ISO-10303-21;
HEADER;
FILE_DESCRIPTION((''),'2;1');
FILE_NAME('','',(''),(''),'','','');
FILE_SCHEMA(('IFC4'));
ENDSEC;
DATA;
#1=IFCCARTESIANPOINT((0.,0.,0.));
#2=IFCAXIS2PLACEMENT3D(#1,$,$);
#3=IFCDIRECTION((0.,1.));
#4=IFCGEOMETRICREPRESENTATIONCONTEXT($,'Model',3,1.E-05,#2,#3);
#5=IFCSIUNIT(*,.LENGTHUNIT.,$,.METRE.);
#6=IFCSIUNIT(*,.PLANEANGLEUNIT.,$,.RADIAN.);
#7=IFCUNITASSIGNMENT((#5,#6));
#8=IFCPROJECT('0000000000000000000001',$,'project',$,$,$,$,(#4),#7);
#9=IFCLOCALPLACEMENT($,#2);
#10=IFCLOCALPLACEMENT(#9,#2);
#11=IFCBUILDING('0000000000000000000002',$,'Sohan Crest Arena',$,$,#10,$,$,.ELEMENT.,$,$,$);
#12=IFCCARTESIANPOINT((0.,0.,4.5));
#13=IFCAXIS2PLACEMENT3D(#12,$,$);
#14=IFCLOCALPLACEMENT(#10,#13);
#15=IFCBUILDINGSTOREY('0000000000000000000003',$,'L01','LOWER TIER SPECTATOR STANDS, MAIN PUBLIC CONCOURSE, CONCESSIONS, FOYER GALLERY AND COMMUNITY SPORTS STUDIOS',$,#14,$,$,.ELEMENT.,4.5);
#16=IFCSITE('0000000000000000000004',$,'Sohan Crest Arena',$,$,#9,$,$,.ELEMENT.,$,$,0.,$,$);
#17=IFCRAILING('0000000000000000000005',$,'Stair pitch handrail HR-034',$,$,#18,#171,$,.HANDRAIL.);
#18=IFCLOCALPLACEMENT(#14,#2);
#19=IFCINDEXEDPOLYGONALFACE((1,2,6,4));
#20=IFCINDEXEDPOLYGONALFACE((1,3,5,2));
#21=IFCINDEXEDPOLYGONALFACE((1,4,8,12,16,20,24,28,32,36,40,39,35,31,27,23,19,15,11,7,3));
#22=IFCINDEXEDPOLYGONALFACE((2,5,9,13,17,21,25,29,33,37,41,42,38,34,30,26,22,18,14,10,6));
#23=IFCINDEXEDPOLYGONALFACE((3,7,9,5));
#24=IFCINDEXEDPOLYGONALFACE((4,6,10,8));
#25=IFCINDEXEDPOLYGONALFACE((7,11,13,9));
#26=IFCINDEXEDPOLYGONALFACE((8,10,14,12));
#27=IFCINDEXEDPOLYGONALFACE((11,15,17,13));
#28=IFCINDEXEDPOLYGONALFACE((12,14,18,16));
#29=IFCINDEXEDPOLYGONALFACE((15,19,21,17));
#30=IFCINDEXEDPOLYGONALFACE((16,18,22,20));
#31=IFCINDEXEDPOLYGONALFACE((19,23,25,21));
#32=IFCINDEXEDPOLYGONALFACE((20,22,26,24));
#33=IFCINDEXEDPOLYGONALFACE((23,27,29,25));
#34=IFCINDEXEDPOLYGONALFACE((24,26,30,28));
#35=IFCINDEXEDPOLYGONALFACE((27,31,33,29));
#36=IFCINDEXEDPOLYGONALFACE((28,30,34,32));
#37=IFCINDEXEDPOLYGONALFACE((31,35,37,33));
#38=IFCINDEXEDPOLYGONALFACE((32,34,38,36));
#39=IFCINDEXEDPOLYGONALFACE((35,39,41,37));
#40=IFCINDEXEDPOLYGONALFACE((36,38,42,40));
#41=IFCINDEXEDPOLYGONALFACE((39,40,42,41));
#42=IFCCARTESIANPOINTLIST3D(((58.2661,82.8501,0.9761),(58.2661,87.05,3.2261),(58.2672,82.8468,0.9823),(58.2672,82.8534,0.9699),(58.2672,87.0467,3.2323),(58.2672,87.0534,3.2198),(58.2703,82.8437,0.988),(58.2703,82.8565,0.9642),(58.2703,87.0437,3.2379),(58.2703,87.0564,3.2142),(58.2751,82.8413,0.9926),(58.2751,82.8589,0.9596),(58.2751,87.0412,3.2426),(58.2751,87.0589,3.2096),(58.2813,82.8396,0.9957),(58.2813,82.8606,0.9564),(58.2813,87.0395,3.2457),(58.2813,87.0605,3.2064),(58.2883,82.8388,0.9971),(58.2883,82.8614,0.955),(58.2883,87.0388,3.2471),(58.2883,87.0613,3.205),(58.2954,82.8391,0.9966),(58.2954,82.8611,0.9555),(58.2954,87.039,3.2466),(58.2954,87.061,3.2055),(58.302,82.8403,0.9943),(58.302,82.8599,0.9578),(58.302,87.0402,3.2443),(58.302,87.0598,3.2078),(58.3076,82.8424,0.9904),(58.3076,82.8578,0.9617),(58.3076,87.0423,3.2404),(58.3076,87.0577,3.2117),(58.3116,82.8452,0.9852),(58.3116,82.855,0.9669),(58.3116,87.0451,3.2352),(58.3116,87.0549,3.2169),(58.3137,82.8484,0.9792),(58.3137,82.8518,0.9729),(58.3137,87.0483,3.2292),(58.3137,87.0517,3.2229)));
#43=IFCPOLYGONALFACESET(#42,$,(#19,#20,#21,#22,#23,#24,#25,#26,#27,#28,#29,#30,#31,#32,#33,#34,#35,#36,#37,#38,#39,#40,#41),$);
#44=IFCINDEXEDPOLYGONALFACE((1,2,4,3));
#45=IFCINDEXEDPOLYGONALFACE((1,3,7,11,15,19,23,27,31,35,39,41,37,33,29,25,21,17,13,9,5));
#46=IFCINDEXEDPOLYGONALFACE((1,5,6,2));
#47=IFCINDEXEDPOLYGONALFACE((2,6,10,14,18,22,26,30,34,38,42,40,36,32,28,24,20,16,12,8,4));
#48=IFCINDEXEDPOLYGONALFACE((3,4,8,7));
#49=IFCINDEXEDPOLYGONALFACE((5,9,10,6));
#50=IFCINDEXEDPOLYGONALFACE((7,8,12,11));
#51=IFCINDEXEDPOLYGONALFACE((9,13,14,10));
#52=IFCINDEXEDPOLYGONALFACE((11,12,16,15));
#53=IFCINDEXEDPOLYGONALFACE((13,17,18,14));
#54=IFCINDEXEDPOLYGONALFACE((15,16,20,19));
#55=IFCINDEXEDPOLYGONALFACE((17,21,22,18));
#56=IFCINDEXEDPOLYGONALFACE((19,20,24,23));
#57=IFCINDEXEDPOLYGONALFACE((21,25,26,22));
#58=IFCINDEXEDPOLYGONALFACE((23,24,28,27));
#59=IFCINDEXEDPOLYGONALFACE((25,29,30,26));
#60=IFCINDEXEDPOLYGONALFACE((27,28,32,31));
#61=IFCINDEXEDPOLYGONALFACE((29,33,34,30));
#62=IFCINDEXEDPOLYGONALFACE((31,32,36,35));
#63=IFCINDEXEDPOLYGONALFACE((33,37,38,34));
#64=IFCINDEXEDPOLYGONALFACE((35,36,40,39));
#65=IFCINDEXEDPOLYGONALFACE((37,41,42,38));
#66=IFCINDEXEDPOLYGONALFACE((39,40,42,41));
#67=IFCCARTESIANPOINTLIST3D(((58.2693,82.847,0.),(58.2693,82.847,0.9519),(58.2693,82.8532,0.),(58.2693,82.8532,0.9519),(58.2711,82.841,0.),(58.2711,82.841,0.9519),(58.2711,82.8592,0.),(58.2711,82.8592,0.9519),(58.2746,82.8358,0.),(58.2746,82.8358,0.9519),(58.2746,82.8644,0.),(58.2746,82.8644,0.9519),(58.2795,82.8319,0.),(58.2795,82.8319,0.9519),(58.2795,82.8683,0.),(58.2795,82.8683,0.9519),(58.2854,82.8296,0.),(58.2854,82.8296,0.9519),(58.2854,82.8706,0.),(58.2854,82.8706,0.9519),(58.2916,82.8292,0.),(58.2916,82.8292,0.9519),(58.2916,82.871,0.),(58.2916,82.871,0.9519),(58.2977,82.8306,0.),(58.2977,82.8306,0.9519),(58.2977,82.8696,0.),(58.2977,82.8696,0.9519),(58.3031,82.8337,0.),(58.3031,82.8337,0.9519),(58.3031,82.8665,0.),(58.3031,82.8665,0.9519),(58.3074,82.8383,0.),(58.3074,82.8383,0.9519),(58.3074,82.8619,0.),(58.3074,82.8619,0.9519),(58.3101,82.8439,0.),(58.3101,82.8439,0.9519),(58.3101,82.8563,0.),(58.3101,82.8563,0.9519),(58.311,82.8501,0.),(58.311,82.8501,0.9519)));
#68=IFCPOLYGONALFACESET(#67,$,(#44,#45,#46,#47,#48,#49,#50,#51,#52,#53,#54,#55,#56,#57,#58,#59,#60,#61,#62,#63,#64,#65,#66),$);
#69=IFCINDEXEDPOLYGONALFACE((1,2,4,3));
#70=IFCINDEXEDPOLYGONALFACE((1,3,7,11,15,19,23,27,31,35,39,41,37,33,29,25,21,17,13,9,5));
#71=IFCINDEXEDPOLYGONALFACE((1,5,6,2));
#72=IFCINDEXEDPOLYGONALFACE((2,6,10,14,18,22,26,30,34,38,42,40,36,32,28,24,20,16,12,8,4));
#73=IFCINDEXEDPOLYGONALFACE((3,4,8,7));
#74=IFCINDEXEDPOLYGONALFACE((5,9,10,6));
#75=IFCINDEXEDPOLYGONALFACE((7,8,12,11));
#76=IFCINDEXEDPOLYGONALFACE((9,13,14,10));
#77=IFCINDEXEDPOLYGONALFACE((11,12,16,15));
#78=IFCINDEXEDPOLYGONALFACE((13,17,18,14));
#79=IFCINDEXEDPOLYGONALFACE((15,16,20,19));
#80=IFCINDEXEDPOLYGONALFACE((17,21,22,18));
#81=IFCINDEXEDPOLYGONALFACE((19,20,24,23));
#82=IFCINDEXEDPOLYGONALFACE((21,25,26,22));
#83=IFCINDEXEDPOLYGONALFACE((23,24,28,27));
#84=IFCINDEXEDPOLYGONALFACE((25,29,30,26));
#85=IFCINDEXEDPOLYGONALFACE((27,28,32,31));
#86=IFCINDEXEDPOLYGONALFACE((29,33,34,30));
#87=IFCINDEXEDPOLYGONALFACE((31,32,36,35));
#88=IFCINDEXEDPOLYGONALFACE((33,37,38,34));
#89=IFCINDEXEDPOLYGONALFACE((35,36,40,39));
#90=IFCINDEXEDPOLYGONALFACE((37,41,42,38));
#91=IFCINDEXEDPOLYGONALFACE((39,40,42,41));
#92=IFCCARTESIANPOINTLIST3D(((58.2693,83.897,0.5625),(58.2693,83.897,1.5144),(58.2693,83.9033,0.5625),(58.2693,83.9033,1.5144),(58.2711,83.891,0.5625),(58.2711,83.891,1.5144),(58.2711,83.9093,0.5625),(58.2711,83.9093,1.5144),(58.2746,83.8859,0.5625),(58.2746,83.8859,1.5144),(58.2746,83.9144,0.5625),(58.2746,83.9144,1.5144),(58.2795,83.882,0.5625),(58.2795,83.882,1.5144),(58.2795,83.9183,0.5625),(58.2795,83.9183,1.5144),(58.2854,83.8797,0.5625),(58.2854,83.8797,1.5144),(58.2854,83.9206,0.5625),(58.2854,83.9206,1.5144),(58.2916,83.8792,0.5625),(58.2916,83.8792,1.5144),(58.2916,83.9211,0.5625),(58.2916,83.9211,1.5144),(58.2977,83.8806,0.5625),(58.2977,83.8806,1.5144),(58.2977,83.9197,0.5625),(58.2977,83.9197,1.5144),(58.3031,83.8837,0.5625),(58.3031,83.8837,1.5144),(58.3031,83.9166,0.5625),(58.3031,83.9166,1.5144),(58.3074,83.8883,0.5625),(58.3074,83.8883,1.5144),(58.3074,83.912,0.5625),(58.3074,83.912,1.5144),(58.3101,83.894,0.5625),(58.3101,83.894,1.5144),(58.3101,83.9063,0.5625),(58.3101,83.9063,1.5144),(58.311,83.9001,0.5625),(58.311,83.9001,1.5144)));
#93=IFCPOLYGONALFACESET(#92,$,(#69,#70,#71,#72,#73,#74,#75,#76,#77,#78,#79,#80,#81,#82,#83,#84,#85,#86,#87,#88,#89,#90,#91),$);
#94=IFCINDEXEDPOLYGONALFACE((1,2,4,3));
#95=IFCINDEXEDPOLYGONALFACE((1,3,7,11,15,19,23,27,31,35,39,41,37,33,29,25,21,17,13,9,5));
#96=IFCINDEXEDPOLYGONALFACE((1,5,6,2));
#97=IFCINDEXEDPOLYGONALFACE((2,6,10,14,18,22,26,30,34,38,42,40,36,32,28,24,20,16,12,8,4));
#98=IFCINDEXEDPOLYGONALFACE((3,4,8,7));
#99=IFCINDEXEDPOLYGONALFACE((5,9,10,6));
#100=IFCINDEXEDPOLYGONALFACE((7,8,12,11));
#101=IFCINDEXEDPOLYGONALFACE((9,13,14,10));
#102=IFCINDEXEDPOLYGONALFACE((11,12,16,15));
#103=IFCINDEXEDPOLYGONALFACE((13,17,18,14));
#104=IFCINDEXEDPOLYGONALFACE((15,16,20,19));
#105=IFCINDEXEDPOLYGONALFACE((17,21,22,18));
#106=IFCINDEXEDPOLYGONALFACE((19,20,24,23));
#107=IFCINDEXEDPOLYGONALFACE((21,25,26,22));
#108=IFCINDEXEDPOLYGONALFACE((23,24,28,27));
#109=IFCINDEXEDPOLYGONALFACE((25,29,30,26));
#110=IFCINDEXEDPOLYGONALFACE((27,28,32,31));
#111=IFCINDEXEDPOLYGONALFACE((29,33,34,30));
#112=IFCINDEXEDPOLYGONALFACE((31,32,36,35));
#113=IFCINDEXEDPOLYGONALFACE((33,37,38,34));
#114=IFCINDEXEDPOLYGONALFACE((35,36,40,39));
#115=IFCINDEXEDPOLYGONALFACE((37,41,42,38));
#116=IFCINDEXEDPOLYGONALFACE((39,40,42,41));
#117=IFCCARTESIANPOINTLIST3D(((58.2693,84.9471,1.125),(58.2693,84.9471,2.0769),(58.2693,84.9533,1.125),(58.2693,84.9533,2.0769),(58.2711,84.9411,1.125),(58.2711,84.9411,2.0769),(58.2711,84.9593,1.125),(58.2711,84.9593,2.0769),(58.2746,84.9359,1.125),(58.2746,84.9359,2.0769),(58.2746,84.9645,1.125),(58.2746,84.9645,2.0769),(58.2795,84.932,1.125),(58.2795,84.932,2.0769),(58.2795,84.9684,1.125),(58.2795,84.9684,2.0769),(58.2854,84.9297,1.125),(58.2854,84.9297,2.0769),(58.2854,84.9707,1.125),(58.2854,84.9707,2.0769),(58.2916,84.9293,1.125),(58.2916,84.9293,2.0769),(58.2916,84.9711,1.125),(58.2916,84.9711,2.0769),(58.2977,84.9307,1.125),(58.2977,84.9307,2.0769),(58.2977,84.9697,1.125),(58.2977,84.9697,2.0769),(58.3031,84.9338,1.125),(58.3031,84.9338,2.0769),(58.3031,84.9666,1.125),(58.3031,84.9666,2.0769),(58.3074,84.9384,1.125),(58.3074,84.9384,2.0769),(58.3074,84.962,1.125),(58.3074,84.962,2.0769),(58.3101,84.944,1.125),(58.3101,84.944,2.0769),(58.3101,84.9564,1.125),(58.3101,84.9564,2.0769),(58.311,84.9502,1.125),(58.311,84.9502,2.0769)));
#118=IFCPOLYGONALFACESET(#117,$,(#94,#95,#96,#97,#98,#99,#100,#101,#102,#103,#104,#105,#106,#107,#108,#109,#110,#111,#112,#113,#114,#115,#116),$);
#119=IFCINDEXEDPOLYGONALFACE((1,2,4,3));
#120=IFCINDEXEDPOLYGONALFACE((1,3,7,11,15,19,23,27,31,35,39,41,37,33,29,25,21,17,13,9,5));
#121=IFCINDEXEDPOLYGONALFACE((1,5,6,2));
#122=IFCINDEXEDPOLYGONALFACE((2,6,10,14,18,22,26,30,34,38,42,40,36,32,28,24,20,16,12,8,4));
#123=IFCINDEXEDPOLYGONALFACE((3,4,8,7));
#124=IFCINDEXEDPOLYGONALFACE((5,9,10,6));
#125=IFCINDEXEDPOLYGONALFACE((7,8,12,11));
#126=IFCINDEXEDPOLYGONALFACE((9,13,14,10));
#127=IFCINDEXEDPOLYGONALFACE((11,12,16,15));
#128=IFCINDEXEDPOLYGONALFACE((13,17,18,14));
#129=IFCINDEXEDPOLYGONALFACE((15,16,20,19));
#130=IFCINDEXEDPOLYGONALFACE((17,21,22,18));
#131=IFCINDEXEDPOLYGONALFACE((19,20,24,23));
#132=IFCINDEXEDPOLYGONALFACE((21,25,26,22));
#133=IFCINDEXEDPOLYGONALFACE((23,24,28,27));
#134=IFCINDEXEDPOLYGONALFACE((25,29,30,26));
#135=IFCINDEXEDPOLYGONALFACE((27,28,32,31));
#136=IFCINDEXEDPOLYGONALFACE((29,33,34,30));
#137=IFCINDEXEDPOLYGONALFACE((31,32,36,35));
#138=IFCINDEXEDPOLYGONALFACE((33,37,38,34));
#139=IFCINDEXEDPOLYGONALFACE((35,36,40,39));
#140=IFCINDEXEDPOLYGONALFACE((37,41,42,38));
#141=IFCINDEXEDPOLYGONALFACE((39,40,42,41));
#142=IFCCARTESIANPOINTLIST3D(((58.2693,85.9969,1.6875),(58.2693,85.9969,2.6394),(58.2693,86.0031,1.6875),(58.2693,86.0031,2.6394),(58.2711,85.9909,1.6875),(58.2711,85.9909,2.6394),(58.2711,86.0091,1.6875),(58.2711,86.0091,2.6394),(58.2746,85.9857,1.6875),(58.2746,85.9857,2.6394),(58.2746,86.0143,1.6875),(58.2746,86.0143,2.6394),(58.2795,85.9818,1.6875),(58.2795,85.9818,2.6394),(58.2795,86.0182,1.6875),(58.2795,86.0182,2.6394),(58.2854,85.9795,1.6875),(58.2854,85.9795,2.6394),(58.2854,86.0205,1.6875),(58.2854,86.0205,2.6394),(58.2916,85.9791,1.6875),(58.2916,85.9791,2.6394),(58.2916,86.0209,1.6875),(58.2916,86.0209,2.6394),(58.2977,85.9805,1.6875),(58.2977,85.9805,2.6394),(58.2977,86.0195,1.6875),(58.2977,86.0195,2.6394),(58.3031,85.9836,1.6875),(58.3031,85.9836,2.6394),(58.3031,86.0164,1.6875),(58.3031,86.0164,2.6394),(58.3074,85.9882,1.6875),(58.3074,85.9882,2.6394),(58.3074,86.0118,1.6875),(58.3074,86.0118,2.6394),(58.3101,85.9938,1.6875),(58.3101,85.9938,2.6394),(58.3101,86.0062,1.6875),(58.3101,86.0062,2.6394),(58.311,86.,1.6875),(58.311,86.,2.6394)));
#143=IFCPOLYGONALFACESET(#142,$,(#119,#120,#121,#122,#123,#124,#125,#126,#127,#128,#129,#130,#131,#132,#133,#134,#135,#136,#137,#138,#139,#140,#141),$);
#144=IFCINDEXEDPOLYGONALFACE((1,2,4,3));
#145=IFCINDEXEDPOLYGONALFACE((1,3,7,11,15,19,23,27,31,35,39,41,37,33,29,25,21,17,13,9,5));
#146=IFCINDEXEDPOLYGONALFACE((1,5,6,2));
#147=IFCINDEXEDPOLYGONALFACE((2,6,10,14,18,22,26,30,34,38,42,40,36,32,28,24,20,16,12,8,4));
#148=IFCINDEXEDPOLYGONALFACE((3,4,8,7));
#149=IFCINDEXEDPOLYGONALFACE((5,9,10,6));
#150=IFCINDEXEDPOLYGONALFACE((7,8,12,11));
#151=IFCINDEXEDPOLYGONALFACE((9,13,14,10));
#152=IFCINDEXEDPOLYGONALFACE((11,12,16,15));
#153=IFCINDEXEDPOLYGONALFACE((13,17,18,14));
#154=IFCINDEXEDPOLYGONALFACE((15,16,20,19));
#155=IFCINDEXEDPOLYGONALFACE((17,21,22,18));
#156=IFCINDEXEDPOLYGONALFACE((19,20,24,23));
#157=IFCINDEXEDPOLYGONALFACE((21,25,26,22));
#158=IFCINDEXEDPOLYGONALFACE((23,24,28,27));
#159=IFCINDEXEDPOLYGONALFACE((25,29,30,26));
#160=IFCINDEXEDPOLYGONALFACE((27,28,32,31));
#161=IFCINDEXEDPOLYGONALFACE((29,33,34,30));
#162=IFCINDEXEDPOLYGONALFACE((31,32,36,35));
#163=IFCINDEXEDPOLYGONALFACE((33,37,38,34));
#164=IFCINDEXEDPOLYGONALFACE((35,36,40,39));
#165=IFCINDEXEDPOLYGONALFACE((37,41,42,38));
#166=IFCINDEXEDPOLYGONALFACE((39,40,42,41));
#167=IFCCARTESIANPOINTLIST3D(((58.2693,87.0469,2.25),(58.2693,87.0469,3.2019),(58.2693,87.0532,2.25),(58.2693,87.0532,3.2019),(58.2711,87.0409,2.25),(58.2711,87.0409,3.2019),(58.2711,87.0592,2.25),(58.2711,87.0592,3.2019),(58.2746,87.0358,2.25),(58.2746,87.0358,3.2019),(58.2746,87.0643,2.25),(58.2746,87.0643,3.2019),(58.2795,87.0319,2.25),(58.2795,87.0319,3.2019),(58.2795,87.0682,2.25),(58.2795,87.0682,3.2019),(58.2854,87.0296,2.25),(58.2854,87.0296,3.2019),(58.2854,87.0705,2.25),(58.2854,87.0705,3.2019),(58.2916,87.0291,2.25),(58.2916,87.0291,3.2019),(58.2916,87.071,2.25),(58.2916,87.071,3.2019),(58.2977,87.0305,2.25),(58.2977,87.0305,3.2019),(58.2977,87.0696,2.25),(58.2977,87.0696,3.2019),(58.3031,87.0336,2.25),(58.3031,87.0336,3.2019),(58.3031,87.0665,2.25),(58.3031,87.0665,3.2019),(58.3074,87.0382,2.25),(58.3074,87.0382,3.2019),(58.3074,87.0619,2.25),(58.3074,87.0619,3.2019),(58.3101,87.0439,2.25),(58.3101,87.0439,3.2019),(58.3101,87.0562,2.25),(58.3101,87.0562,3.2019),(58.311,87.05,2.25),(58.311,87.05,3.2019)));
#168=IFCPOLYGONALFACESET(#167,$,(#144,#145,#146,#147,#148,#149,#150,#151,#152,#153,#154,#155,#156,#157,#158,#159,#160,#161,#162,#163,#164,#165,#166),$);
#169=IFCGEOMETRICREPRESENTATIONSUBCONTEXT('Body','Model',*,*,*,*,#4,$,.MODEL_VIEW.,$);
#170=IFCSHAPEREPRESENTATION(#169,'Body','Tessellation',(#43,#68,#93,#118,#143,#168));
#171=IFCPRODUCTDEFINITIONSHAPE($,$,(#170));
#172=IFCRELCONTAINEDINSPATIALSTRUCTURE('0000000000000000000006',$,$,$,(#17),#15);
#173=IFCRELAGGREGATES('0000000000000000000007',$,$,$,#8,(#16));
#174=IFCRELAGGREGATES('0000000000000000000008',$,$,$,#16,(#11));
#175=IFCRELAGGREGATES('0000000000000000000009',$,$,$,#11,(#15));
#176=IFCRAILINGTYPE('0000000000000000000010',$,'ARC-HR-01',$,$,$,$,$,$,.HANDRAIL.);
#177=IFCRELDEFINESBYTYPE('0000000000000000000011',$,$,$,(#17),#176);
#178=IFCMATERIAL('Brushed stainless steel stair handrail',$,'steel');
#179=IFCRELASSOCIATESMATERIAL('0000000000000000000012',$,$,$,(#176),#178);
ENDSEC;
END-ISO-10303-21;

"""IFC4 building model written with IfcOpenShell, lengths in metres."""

from ifc_helpers import new_model, si_unit, direction, frame, origin, origin_2d, place, context, subcontext, project, spatial, circle, extrude, material, type_object, element, save


model = new_model("IFC4")

# Units and contexts
model_context = context("Model", 3, precision=1e-05, world=origin(), true_north=direction((0.0, 1.0)))
body_context = subcontext(model_context, "Body", "Model", "MODEL_VIEW")
ifc_project = project(units=[si_unit("LENGTHUNIT", "METRE"), si_unit("PLANEANGLEUNIT", "RADIAN")], contexts=[model_context])

# Site, building, storey
site_placement = place(None, origin())
site = spatial("IfcSite", under=ifc_project, at=site_placement, Name="Sohan Crest Arena", CompositionType="ELEMENT", RefElevation=0.0)
building_placement = place(site_placement, origin())
building = spatial("IfcBuilding", under=site, at=building_placement, Name="Sohan Crest Arena", CompositionType="ELEMENT")
storey_placement = place(building_placement, frame((0.0, 0.0, 4.5)))
storey = spatial("IfcBuildingStorey", under=building, at=storey_placement, Name="L01", Description="LOWER TIER SPECTATOR STANDS, MAIN PUBLIC CONCOURSE, CONCESSIONS, FOYER GALLERY AND COMMUNITY SPORTS STUDIOS", CompositionType="ELEMENT", Elevation=4.5)

# Railing
ifc_material_1 = material(Name="Brushed stainless steel stair handrail", Category="steel")
railing_type_1 = type_object("IfcRailingType", Name="ARC-HR-01", PredefinedType="HANDRAIL", material=ifc_material_1)
for number, where, name in (
    (1, (58.29, 82.8501, 0.0), "Stair pitch handrail HR-034"),
):
    element("IfcRailing", number, at=place(storey_placement, frame(where)), inside=storey, type_object=railing_type_1, Name=name, PredefinedType="HANDRAIL", context=body_context, shape_type="SweptSolid", body=[
        extrude(circle(Radius=0.0239, at=origin_2d()), frame((0.0, 0.0, 0.9761), z_axis=(0.0, 0.881478, 0.472226), x_axis=(-1.0, 0.0, 0.0)), (0.0, 0.0, 1.0), 4.7646),
        extrude(circle(Radius=0.021, at=origin_2d()), origin(), (0.0, 0.0, 1.0), 0.9519),
        extrude(circle(Radius=0.021, at=origin_2d()), frame((0.0, 1.05, 0.5625)), (0.0, 0.0, 1.0), 0.9519),
        extrude(circle(Radius=0.021, at=origin_2d()), frame((0.0, 2.1001, 1.125)), (0.0, 0.0, 1.0), 0.9519),
        extrude(circle(Radius=0.021, at=origin_2d()), frame((0.0, 3.1499, 1.6875)), (0.0, 0.0, 1.0), 0.9519),
        extrude(circle(Radius=0.021, at=origin_2d()), frame((0.0, 4.2, 2.25)), (0.0, 0.0, 1.0), 0.9519),
    ])

save(model, "model.ifc")
